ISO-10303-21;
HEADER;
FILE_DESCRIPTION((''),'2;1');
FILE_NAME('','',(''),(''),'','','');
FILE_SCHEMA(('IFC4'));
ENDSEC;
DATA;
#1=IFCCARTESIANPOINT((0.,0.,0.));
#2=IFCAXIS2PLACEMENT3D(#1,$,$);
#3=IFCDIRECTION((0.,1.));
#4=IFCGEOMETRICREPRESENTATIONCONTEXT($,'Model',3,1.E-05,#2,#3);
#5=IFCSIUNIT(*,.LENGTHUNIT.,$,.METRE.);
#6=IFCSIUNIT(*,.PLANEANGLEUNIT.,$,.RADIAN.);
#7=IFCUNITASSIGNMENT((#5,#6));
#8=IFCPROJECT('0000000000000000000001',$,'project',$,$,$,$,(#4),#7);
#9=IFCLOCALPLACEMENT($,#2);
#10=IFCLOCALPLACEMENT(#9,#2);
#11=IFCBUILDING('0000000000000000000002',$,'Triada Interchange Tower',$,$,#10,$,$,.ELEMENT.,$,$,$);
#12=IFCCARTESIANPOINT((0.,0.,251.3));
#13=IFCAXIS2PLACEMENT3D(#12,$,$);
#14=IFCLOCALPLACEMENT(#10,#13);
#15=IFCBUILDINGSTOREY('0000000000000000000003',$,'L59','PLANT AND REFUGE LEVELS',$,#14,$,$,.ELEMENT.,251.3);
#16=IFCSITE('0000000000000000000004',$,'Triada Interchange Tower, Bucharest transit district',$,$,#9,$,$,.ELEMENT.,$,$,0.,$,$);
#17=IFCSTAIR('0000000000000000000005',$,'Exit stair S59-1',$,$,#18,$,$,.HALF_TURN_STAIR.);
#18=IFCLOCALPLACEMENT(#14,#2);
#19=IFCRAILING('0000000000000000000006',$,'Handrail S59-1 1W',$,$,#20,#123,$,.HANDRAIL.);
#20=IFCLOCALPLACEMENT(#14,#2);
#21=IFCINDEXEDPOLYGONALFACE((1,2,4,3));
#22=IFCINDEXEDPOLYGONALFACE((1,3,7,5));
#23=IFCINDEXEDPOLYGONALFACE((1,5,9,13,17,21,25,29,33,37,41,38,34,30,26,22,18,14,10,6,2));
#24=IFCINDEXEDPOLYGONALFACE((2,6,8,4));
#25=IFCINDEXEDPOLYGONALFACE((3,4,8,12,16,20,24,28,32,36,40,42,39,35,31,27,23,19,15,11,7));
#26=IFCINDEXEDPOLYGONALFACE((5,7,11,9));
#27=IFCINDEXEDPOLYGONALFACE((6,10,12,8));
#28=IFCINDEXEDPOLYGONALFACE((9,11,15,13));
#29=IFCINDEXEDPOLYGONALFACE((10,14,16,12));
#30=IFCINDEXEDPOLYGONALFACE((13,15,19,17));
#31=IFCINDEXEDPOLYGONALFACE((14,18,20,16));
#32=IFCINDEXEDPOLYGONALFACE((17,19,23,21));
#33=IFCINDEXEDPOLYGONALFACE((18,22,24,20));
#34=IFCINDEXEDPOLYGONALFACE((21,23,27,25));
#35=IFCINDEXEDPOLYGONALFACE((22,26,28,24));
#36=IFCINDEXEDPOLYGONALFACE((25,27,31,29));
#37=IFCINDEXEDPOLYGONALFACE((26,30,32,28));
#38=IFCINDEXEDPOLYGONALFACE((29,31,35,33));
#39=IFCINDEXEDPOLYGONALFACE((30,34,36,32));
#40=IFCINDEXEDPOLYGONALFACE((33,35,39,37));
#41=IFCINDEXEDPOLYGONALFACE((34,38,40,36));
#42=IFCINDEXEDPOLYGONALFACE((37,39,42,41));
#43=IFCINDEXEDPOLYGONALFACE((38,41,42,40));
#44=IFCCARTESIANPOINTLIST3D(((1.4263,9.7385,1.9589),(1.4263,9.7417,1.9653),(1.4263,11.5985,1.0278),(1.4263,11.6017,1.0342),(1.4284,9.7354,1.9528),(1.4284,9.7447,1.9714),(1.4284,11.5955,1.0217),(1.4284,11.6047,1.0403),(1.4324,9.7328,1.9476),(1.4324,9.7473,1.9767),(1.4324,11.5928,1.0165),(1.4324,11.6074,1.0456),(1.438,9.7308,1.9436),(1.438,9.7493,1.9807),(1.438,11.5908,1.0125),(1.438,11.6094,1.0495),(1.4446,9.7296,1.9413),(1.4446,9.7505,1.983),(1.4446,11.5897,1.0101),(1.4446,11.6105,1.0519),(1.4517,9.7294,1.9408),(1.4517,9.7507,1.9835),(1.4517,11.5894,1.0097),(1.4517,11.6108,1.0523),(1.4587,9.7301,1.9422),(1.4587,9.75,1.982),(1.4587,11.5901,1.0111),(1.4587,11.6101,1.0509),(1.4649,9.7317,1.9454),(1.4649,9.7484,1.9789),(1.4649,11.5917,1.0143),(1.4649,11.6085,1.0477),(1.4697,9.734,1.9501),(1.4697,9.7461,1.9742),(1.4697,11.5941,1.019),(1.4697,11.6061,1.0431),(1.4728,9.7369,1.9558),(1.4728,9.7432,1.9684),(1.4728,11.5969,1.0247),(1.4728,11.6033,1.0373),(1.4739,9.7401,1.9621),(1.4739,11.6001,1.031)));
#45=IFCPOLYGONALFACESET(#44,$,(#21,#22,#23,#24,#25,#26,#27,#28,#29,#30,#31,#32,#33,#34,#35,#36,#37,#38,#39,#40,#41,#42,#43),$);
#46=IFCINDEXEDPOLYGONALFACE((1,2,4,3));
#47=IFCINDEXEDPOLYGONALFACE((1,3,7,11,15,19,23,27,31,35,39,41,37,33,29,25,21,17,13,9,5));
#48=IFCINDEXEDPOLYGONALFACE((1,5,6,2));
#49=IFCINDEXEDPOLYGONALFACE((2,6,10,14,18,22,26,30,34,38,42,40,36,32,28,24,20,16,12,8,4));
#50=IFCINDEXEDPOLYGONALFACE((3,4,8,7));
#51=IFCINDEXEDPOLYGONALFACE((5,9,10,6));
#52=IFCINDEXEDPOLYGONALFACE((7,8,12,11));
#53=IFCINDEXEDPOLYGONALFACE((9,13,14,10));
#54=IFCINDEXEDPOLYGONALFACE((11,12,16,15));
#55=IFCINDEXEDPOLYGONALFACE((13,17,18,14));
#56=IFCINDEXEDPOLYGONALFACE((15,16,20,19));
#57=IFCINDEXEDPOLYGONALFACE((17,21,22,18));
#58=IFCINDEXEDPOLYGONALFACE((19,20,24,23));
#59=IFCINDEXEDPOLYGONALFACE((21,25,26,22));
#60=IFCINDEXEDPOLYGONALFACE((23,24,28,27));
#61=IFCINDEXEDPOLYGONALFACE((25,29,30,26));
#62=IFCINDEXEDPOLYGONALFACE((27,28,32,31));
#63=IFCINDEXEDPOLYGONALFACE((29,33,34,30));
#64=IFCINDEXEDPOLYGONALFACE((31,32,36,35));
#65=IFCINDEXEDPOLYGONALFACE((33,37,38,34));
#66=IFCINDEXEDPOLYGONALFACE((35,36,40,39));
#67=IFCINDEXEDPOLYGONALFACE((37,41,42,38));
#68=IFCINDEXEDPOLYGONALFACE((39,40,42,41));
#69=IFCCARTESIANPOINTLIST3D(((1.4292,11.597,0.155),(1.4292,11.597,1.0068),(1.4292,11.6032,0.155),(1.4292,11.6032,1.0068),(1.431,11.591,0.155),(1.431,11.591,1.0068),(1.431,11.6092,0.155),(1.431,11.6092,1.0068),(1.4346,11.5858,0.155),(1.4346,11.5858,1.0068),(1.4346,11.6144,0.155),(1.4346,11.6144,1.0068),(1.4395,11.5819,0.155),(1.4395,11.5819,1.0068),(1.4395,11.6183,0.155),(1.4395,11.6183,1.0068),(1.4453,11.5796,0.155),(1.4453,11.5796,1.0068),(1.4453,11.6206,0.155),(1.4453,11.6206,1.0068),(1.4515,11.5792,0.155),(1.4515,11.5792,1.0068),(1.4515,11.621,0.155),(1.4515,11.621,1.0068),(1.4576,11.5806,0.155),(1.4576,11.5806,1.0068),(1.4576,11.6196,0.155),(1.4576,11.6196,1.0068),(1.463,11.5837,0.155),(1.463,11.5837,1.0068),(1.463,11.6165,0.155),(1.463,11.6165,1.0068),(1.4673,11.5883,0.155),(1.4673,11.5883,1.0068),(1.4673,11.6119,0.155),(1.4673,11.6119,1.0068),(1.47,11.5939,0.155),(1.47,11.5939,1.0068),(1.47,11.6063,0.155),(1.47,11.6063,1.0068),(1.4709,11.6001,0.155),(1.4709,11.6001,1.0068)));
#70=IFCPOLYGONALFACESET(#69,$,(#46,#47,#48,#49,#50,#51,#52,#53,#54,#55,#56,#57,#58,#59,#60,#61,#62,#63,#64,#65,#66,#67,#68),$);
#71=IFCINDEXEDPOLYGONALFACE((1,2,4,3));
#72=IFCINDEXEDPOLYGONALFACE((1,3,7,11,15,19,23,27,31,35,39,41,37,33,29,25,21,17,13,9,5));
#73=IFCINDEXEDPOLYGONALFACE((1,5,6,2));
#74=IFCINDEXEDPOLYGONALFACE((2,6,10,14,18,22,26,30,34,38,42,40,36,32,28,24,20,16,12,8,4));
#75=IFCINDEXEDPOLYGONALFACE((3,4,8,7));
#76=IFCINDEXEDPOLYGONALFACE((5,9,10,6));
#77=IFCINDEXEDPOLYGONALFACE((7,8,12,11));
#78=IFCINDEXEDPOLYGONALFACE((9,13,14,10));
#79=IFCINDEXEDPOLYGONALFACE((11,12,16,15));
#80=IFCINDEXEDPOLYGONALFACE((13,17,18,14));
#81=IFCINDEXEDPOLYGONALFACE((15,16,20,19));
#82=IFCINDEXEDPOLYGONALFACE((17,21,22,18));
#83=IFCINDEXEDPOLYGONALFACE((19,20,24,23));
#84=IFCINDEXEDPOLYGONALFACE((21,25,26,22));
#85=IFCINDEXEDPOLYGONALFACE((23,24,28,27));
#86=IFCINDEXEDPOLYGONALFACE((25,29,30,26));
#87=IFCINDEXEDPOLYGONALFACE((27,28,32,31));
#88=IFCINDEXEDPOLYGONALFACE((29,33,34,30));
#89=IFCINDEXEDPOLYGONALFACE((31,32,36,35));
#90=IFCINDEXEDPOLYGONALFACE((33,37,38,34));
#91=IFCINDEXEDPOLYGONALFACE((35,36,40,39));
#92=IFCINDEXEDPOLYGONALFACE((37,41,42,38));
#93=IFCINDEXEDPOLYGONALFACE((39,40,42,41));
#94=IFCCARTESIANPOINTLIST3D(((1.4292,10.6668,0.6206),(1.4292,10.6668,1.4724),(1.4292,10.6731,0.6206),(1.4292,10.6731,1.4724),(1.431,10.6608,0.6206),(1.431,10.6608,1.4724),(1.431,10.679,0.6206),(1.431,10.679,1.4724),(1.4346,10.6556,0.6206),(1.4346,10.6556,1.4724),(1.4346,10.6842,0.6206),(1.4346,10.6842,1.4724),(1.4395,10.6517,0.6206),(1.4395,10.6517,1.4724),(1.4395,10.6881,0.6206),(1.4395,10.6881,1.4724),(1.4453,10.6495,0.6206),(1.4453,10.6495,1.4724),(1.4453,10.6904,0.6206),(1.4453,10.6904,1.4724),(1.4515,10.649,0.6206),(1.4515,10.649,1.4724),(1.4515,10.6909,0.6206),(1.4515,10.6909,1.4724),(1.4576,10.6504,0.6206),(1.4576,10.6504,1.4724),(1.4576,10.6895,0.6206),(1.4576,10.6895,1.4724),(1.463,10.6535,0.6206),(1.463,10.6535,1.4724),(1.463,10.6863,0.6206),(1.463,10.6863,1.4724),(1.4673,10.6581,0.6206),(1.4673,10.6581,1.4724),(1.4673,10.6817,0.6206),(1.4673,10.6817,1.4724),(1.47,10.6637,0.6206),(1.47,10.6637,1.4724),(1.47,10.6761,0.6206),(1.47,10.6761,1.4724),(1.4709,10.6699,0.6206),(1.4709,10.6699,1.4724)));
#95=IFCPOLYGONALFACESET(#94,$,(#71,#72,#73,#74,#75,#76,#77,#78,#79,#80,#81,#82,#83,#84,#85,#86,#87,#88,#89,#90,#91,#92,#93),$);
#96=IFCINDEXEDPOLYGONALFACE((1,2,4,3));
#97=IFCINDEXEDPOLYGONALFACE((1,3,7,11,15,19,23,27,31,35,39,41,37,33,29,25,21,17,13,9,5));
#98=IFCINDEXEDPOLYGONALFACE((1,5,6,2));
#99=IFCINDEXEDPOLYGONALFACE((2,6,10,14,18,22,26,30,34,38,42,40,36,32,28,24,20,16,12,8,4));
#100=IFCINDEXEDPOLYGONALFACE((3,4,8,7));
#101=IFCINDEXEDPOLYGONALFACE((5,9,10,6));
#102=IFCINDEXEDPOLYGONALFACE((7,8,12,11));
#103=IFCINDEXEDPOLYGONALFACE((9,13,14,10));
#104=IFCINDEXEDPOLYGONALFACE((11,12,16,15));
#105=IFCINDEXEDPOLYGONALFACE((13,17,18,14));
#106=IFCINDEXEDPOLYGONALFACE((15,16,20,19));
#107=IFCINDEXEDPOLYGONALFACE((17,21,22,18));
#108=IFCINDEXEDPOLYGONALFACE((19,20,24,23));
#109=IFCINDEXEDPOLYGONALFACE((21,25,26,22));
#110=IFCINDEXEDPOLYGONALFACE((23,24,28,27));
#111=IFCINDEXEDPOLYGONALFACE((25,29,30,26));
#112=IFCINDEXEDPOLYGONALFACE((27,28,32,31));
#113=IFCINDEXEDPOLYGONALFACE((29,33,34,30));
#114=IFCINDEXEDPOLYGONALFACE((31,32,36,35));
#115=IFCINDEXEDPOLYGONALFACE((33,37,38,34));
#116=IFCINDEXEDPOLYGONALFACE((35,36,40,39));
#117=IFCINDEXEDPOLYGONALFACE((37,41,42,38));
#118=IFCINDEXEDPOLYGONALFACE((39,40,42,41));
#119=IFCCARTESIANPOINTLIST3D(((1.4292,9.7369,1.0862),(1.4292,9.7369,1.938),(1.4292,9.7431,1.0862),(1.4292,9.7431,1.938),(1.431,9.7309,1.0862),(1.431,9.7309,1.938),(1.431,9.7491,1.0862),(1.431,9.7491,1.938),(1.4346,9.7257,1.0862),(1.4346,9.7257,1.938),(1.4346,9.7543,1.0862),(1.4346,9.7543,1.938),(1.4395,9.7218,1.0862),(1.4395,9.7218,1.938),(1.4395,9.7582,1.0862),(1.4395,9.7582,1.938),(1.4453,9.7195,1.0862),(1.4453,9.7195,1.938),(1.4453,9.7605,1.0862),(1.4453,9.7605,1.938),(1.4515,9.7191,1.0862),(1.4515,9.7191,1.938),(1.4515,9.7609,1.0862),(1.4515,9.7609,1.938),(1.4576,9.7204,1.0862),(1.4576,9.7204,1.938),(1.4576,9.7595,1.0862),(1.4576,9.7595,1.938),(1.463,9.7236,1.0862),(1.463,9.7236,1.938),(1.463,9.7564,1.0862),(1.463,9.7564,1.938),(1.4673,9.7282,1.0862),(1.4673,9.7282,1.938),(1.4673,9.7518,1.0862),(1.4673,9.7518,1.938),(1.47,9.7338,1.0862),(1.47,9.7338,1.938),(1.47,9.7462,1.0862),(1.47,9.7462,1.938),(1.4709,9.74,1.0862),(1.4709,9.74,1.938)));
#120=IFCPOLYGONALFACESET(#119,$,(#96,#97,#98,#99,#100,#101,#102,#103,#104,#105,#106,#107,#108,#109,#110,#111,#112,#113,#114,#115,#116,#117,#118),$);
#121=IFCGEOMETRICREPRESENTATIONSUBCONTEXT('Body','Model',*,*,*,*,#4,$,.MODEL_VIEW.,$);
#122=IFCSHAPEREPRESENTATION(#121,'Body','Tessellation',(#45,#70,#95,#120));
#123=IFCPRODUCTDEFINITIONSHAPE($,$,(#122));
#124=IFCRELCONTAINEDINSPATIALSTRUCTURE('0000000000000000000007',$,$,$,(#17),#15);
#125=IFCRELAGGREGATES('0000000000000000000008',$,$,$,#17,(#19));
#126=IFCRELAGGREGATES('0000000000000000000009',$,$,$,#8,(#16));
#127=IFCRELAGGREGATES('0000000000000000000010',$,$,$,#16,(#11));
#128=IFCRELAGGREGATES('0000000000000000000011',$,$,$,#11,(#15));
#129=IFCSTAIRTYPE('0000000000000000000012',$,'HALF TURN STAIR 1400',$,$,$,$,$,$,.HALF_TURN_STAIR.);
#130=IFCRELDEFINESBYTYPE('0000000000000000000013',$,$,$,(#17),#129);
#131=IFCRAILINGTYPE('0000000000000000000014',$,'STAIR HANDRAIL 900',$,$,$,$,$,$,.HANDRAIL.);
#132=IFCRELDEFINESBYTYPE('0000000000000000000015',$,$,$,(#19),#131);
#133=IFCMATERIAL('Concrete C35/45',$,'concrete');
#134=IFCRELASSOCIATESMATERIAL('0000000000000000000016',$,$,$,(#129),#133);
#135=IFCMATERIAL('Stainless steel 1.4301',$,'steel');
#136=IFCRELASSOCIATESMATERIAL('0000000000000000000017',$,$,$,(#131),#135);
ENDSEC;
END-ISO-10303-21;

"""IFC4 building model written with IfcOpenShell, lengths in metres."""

from ifc_helpers import new_model, si_unit, direction, frame, origin, origin_2d, place, context, subcontext, project, spatial, circle, extrude, material, type_object, element, aggregate, save


model = new_model("IFC4")

# Units and contexts
model_context = context("Model", 3, precision=1e-05, world=origin(), true_north=direction((0.0, 1.0)))
body_context = subcontext(model_context, "Body", "Model", "MODEL_VIEW")
ifc_project = project(units=[si_unit("LENGTHUNIT", "METRE"), si_unit("PLANEANGLEUNIT", "RADIAN")], contexts=[model_context])

# Site, building, storey
site_placement = place(None, origin())
site = spatial("IfcSite", under=ifc_project, at=site_placement, Name="Triada Interchange Tower, Bucharest transit district", CompositionType="ELEMENT", RefElevation=0.0)
building_placement = place(site_placement, origin())
building = spatial("IfcBuilding", under=site, at=building_placement, Name="Triada Interchange Tower", CompositionType="ELEMENT")
storey_placement = place(building_placement, frame((0.0, 0.0, 251.3)))
storey = spatial("IfcBuildingStorey", under=building, at=storey_placement, Name="L59", Description="PLANT AND REFUGE LEVELS", CompositionType="ELEMENT", Elevation=251.3)

# Shared definitions
ifc_material_1 = material(Name="Concrete C35/45", Category="concrete")

# Stair
stair_type = type_object("IfcStairType", Name="HALF TURN STAIR 1400", PredefinedType="HALF_TURN_STAIR", material=ifc_material_1)
stair_placement = place(storey_placement, origin())
stair = element("IfcStair", 1, at=stair_placement, inside=storey, type_object=stair_type, Name="Exit stair S59-1", PredefinedType="HALF_TURN_STAIR")

# Railing
ifc_material_2 = material(Name="Stainless steel 1.4301", Category="steel")
railing_type_1 = type_object("IfcRailingType", Name="STAIR HANDRAIL 900", PredefinedType="HANDRAIL", material=ifc_material_2)
railing_1_placement = place(storey_placement, frame((1.45, 11.6001, 0.155)))
railing_1 = element("IfcRailing", 2, at=railing_1_placement, type_object=railing_type_1, Name="Handrail S59-1 1W", PredefinedType="HANDRAIL", context=body_context, shape_type="SweptSolid", body=[
    extrude(circle(Radius=0.0239, at=origin_2d()), frame((0.0, 0.0, 0.876), z_axis=(0.0, -0.894216, 0.447636), x_axis=(1.0, 0.0, 0.0)), (0.0, 0.0, 1.0), 2.0801),
    extrude(circle(Radius=0.021, at=origin_2d()), origin(), (0.0, 0.0, 1.0), 0.8518),
    extrude(circle(Radius=0.021, at=origin_2d()), frame((0.0, -0.9302, 0.4656)), (0.0, 0.0, 1.0), 0.8518),
    extrude(circle(Radius=0.021, at=origin_2d()), frame((0.0, -1.8601, 0.9312)), (0.0, 0.0, 1.0), 0.8518),
])
aggregate(stair, [railing_1])

save(model, "model.ifc")
